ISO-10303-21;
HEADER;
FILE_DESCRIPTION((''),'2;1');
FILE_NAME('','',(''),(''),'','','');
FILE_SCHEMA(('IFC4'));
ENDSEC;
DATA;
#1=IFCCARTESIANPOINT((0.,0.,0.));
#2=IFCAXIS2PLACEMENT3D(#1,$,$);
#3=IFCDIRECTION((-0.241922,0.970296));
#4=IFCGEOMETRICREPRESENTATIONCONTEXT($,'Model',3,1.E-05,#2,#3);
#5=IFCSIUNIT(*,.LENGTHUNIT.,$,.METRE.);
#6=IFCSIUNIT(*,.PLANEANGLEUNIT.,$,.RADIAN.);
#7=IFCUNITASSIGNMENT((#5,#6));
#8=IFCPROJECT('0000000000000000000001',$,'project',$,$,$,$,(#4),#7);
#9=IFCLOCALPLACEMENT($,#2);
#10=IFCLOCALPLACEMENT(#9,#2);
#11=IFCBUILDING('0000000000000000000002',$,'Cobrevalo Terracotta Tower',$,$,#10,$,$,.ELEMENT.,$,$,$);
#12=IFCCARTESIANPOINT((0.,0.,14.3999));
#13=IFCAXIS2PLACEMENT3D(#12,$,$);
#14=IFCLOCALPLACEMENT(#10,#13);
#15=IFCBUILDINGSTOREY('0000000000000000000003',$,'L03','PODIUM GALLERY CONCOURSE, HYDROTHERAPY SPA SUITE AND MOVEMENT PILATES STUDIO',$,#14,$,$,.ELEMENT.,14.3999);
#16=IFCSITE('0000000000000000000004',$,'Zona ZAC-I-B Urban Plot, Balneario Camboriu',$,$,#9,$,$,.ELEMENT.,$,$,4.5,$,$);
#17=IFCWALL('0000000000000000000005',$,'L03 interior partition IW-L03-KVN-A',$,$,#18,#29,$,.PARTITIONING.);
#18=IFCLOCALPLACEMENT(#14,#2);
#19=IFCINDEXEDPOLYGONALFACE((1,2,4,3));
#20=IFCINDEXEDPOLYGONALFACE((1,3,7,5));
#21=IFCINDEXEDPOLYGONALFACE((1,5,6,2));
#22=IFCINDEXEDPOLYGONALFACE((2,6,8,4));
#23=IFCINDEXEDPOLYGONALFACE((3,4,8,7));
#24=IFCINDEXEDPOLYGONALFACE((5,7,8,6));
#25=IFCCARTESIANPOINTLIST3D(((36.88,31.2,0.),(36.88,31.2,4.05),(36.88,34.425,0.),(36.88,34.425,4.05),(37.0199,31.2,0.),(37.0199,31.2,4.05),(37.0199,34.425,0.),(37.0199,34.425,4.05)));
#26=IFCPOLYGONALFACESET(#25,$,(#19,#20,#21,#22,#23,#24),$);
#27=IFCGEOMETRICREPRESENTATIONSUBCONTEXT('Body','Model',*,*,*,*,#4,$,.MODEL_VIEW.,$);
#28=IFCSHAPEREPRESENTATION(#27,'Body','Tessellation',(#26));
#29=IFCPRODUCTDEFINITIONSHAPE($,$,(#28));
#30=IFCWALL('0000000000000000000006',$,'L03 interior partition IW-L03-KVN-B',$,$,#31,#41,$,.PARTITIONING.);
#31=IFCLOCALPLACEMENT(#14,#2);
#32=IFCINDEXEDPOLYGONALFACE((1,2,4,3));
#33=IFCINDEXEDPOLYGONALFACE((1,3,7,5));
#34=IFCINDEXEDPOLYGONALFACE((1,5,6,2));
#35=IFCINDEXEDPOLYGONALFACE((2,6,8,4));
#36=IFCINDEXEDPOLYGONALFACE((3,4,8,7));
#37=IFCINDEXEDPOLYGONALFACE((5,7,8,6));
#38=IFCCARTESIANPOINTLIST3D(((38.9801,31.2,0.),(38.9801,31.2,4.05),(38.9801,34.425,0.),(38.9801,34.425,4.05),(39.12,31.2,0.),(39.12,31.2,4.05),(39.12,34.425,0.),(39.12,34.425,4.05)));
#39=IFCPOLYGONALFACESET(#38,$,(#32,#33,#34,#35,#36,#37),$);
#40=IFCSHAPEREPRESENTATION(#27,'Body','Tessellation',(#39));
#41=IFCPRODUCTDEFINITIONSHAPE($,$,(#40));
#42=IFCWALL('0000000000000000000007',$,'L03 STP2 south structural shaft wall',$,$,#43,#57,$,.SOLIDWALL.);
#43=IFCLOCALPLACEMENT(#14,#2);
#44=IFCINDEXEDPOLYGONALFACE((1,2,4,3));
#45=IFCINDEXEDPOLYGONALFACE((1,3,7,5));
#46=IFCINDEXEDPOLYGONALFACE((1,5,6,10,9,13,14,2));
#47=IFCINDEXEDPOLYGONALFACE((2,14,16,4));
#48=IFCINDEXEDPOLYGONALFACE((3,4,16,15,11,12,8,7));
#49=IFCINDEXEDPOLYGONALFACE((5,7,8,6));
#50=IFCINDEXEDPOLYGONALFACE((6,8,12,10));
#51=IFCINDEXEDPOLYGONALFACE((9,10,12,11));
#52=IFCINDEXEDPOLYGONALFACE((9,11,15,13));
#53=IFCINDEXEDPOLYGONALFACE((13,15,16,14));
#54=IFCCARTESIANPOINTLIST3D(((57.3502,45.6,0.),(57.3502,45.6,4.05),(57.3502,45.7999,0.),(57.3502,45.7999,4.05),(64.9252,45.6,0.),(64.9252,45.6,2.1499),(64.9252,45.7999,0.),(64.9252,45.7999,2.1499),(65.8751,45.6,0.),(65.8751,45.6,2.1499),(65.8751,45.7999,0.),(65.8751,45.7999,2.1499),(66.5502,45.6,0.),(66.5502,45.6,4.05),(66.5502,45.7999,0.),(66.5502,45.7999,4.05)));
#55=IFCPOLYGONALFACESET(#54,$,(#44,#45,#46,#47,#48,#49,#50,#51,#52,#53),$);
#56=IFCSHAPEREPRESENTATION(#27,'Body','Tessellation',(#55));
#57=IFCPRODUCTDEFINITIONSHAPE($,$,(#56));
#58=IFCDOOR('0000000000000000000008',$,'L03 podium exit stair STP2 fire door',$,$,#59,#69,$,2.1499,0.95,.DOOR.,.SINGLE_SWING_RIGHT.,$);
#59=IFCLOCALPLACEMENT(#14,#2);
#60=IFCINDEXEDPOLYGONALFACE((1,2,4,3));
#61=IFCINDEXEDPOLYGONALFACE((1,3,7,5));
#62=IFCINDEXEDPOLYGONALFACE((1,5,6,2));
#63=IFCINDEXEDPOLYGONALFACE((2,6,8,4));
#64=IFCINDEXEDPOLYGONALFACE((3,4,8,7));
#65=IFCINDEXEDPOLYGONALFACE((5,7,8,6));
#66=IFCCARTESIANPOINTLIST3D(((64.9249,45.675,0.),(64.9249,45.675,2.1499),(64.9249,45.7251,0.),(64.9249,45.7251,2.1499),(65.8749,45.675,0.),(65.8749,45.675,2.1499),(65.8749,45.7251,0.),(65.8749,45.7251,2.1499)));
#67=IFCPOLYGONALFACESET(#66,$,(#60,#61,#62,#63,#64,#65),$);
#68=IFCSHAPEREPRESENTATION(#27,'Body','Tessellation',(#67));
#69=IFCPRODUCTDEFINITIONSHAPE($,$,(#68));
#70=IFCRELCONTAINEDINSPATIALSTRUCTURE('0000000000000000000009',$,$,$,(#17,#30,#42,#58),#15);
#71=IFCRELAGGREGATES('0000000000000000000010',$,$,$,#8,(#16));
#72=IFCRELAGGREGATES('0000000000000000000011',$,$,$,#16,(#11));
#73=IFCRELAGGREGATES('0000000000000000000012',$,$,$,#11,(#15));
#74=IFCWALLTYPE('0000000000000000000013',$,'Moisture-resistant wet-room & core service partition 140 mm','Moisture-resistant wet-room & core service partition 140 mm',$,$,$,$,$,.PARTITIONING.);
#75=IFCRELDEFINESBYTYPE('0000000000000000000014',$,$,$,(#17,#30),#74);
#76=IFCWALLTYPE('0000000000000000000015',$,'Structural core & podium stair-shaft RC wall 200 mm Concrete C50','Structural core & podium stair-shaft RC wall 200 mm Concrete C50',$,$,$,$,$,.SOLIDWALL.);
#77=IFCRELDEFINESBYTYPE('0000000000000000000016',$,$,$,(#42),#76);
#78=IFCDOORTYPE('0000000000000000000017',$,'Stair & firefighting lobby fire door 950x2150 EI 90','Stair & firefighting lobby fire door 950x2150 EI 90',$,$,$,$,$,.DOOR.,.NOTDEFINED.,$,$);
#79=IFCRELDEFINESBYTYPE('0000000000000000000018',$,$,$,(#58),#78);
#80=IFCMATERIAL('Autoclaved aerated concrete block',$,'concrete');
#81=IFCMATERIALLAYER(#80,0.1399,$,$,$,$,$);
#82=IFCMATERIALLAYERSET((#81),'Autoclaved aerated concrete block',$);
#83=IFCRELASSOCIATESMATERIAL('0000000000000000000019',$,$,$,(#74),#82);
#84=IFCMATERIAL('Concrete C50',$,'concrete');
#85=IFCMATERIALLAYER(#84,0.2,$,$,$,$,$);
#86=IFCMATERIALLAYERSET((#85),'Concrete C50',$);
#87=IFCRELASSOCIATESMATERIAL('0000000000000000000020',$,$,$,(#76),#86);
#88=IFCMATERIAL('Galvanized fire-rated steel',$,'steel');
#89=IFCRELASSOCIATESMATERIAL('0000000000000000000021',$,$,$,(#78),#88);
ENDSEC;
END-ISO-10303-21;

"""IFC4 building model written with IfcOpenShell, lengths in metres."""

from ifc_helpers import new_model, si_unit, direction, frame, frame_2d, origin, place, context, subcontext, project, spatial, rectangle, extrude, source, transform, mapped, material, layer, layer_set, type_object, element, fill, save


model = new_model("IFC4")

# Units and contexts
model_context = context("Model", 3, precision=1e-05, world=origin(), true_north=direction((-0.241922, 0.970296)))
body_context = subcontext(model_context, "Body", "Model", "MODEL_VIEW")
ifc_project = project(units=[si_unit("LENGTHUNIT", "METRE"), si_unit("PLANEANGLEUNIT", "RADIAN")], contexts=[model_context])

# Site, building, storey
site_placement = place(None, origin())
site = spatial("IfcSite", under=ifc_project, at=site_placement, Name="Zona ZAC-I-B Urban Plot, Balneario Camboriu", CompositionType="ELEMENT", RefElevation=4.5)
building_placement = place(site_placement, origin())
building = spatial("IfcBuilding", under=site, at=building_placement, Name="Cobrevalo Terracotta Tower", CompositionType="ELEMENT")
storey_placement = place(building_placement, frame((0.0, 0.0, 14.3999)))
storey = spatial("IfcBuildingStorey", under=building, at=storey_placement, Name="L03", Description="PODIUM GALLERY CONCOURSE, HYDROTHERAPY SPA SUITE AND MOVEMENT PILATES STUDIO", CompositionType="ELEMENT", Elevation=14.3999)

# Walls
ifc_material_1 = material(Name="Autoclaved aerated concrete block", Category="concrete")
ifc_layer_1 = layer(ifc_material_1, 0.1399)
ifc_layer_set_1 = layer_set([ifc_layer_1], Name="Autoclaved aerated concrete block")
wall_type_1 = type_object("IfcWallType", Name="Moisture-resistant wet-room & core service partition 140 mm", Description="Moisture-resistant wet-room & core service partition 140 mm", PredefinedType="PARTITIONING", material=ifc_layer_set_1)
for number, where, z_axis, x_axis, name in (
    (1, (36.95, 31.2, 0.0), (0.0, 0.0, 1.0), (0.0, 1.0, 0.0), "L03 interior partition IW-L03-KVN-A"),
    (2, (39.05, 31.2, 0.0), (0.0, 0.0, 1.0), (0.0, 1.0, 0.0), "L03 interior partition IW-L03-KVN-B"),
):
    element("IfcWall", number, at=place(storey_placement, frame(where, z_axis=z_axis, x_axis=x_axis)), inside=storey, type_object=wall_type_1, Name=name, PredefinedType="PARTITIONING", context=body_context, shape_type="SweptSolid", body=[
        extrude(rectangle(XDim=3.2251, YDim=0.1399, at=frame_2d((1.6125, 0.0))), origin(), (0.0, 0.0, 1.0), 4.05),
    ])

# Wall, opening, door
ifc_material_2 = material(Name="Concrete C50", Category="concrete")
ifc_layer_2 = layer(ifc_material_2, 0.2)
ifc_layer_set_2 = layer_set([ifc_layer_2], Name="Concrete C50")
wall_type_2 = type_object("IfcWallType", Name="Structural core & podium stair-shaft RC wall 200 mm Concrete C50", Description="Structural core & podium stair-shaft RC wall 200 mm Concrete C50", PredefinedType="SOLIDWALL", material=ifc_layer_set_2)
wall_1_placement = place(storey_placement, frame((57.3501, 45.7, 0.0), z_axis=(0.0, 0.0, 1.0), x_axis=(1.0, 0.0, 0.0)))
wall_1 = element("IfcWall", 3, at=wall_1_placement, inside=storey, type_object=wall_type_2, Name="L03 STP2 south structural shaft wall", PredefinedType="SOLIDWALL", context=body_context, shape_type="SweptSolid", body=[
    extrude(rectangle(XDim=9.2, YDim=0.2, at=frame_2d((4.6001, 0.0))), origin(), (0.0, 0.0, 1.0), 4.05),
])
opening_1_placement = place(wall_1_placement, frame((7.575, 0.0, 0.0)))
opening_1 = element("IfcOpeningElement", 4, at=opening_1_placement, cuts=wall_1, PredefinedType="OPENING", context=body_context, shape_type="SweptSolid", body=[
    extrude(rectangle(XDim=0.95, YDim=2.1499, at=frame_2d((0.4751, 1.075))), frame((0.0, 0.1099, 0.0), z_axis=(0.0, -1.0, 0.0), x_axis=(1.0, 0.0, 0.0)), (0.0, 0.0, 1.0), 0.22),
])
ifc_material_3 = material(Name="Galvanized fire-rated steel", Category="steel")
door_type_1 = type_object("IfcDoorType", Name="Stair & firefighting lobby fire door 950x2150 EI 90", Description="Stair & firefighting lobby fire door 950x2150 EI 90", OperationType="NOTDEFINED", PredefinedType="DOOR", material=ifc_material_3)
shared_shape_1 = source(origin(), body_context, "Body", "SweptSolid", [
    extrude(rectangle(XDim=0.95, YDim=2.1499, at=frame_2d((0.4751, 1.075))), frame((0.0, 0.0249, 0.0), z_axis=(0.0, -1.0, 0.0), x_axis=(1.0, 0.0, 0.0)), (0.0, 0.0, 1.0), 0.05),
])
door_1_placement = place(opening_1_placement, frame((0.95, 0.0, 0.0), z_axis=(0.0, 0.0, 1.0), x_axis=(-1.0, 0.0, 0.0)))
door_1 = element("IfcDoor", 5, at=door_1_placement, inside=storey, type_object=door_type_1, Name="L03 podium exit stair STP2 fire door", OperationType="SINGLE_SWING_RIGHT", OverallHeight=2.1499, OverallWidth=0.95, PredefinedType="DOOR", context=body_context, shape_type="MappedRepresentation", body=[
    mapped(shared_shape_1, transform((0.0, 0.0, 0.0), scale=1.0)),
])
fill(opening_1, door_1)

save(model, "model.ifc")
